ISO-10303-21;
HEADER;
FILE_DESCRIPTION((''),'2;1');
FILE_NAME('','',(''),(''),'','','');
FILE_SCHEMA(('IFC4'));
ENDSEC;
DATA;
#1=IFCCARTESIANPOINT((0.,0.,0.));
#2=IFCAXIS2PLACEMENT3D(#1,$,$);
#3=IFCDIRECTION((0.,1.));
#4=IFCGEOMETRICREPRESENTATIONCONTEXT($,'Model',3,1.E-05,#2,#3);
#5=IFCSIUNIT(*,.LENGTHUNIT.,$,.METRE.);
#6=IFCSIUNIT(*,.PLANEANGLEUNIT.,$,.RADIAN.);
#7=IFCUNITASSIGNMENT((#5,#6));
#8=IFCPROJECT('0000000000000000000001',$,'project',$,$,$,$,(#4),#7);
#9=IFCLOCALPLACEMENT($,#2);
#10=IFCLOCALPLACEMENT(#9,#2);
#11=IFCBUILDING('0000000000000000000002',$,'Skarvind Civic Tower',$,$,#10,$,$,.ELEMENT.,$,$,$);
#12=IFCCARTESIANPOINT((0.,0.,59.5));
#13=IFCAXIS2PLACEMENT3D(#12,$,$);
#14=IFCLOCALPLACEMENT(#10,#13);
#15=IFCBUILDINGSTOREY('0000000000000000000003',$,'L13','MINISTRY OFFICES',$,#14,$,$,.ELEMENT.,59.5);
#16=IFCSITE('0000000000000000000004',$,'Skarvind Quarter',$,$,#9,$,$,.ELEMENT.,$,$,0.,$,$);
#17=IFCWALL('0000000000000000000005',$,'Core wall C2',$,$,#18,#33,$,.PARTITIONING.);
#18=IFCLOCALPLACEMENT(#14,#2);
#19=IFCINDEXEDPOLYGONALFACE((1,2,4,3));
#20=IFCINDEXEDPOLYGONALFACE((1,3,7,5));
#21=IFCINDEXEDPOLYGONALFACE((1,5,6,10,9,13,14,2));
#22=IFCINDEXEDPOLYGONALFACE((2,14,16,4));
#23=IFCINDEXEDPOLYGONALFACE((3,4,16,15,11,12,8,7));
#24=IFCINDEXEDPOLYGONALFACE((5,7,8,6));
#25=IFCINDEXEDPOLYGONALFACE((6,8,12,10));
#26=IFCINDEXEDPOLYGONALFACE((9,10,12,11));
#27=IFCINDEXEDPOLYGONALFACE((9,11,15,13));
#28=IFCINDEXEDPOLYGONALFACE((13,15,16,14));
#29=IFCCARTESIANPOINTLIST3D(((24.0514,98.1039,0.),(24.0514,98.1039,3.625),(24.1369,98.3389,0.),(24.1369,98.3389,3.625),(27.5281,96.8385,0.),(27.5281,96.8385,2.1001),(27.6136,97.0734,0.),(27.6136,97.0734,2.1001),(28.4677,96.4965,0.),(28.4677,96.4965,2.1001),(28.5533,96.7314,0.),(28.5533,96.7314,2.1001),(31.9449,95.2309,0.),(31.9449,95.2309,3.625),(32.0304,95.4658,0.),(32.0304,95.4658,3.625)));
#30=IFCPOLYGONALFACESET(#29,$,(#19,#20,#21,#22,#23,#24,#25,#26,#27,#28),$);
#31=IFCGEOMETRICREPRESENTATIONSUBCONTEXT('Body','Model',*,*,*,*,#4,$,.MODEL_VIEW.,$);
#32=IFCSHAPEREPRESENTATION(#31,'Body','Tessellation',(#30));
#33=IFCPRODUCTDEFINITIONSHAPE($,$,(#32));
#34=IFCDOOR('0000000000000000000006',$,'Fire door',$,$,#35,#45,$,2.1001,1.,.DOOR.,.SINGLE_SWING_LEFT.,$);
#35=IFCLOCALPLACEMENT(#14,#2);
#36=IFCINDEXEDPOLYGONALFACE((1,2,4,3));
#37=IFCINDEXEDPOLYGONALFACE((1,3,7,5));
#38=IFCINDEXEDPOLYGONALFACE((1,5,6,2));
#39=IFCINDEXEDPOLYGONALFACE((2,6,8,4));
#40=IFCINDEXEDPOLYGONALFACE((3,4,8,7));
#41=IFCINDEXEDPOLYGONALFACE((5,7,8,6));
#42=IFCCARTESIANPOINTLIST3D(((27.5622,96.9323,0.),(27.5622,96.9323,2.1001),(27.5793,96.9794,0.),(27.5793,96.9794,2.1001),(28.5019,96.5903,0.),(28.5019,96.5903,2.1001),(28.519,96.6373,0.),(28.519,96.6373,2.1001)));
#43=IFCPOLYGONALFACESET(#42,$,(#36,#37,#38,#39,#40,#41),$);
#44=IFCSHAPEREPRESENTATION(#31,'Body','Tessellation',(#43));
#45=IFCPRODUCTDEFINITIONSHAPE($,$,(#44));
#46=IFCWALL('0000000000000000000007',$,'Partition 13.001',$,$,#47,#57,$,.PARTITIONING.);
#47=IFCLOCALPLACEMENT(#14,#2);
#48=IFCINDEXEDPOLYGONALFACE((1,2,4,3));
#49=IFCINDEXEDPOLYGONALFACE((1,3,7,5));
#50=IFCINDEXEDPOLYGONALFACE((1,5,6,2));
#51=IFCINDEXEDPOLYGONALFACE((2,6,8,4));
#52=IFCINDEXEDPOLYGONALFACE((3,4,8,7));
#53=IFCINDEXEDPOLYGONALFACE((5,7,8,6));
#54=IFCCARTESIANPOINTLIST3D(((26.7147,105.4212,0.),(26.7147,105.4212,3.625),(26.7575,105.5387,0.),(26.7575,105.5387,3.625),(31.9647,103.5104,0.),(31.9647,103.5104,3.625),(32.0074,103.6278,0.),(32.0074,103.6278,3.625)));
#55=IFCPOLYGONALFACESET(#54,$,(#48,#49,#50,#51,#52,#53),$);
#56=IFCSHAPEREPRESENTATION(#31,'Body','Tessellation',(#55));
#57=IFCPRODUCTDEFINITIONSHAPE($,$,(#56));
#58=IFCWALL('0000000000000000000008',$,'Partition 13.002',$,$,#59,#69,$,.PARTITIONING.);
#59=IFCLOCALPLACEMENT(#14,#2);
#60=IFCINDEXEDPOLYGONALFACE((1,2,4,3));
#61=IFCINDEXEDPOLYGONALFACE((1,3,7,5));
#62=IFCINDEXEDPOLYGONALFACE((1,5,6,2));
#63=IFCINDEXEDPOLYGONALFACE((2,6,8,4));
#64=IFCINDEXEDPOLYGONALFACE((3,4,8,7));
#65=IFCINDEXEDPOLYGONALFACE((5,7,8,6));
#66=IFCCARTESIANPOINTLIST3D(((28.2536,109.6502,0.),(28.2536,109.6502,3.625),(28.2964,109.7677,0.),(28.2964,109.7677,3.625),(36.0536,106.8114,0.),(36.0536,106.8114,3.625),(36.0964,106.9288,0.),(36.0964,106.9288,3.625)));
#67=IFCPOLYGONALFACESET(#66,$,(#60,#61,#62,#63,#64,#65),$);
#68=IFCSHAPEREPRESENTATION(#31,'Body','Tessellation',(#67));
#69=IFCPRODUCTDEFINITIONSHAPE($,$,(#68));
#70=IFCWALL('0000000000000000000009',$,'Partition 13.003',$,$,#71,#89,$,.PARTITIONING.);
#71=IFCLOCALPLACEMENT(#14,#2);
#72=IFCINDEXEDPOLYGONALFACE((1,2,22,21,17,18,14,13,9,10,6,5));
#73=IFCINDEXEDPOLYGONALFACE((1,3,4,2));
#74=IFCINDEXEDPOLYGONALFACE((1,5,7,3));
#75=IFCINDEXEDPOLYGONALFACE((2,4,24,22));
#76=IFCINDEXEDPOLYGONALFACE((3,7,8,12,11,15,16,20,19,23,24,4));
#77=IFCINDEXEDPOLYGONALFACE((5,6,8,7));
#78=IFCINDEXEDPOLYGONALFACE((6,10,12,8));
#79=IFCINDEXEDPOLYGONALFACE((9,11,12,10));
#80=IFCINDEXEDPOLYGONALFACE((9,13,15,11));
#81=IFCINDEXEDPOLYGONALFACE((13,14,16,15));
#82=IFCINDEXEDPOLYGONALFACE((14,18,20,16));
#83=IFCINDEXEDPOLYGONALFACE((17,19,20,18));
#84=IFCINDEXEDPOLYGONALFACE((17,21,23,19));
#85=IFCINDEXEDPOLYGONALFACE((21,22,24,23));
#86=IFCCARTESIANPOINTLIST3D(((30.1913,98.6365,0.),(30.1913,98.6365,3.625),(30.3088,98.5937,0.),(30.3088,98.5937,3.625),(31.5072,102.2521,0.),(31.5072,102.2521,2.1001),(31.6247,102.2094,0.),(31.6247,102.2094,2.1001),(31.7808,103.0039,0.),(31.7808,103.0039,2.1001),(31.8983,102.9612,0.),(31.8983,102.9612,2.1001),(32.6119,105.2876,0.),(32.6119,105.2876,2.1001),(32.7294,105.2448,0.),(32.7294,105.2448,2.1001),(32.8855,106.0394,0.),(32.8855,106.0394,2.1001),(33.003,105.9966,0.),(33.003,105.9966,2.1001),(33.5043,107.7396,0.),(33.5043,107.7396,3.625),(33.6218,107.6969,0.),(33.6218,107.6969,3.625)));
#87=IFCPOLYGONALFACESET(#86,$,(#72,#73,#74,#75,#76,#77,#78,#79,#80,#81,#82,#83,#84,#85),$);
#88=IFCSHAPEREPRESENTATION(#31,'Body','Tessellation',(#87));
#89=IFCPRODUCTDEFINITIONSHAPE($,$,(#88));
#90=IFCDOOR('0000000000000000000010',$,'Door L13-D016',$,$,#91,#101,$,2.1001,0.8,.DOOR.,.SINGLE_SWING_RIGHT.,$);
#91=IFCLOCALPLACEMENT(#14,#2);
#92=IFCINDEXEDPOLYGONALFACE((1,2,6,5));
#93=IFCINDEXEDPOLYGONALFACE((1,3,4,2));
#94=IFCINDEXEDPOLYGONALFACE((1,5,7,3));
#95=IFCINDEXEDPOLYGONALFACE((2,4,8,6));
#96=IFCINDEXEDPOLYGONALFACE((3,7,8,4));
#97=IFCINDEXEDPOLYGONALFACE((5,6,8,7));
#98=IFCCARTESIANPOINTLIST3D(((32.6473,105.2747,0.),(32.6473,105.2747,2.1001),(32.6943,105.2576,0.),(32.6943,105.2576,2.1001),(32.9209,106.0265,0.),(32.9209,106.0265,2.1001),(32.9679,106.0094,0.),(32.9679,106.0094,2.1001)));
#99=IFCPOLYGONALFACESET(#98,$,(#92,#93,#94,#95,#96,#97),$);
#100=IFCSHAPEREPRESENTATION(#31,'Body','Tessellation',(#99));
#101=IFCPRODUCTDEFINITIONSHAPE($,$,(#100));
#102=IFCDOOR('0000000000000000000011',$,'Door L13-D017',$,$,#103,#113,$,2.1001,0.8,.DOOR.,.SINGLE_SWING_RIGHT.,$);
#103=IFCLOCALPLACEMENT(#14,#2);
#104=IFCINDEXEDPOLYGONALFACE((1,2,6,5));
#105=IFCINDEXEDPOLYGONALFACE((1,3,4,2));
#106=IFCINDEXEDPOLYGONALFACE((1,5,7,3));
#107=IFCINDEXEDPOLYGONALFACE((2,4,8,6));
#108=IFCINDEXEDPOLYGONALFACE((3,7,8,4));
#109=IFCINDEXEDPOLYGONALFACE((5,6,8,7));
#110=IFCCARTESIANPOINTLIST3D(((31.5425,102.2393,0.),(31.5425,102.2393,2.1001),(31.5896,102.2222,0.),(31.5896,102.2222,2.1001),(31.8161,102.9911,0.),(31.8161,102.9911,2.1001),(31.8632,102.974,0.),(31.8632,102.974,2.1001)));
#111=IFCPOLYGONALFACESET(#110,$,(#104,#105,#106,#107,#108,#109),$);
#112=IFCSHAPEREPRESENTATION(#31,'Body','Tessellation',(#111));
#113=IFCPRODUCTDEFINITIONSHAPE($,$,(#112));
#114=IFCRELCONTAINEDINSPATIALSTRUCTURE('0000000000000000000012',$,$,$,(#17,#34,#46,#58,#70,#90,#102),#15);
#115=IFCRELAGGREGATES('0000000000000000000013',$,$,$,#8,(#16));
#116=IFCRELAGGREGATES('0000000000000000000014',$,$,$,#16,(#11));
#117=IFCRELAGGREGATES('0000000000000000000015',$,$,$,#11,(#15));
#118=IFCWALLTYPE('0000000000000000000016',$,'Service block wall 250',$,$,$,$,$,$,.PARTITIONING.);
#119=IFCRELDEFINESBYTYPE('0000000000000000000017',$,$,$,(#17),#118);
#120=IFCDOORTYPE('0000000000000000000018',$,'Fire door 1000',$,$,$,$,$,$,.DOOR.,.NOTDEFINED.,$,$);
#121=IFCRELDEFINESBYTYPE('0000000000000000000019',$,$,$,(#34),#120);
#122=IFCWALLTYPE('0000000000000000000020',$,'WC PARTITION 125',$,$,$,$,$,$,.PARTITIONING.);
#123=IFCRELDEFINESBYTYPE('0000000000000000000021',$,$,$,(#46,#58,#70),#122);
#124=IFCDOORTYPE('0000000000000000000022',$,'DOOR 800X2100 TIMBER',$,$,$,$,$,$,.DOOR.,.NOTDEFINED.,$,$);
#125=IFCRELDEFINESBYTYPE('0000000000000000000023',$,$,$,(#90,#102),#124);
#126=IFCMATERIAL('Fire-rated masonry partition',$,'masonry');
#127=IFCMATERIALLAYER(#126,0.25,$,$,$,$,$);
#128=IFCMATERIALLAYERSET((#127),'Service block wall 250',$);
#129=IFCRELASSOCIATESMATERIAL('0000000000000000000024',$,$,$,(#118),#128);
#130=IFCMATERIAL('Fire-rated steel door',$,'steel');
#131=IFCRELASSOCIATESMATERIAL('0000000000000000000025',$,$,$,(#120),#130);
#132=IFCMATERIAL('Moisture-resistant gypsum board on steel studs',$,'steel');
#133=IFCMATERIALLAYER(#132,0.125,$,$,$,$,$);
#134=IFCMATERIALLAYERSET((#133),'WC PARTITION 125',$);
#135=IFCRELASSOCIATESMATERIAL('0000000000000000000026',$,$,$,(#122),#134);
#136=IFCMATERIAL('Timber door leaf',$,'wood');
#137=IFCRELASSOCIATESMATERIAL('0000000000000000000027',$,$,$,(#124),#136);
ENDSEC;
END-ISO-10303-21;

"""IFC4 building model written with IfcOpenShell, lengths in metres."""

from ifc_helpers import new_model, si_unit, direction, frame, frame_2d, origin, place, context, subcontext, project, spatial, rectangle, extrude, material, layer, layer_set, type_object, element, fill, save


model = new_model("IFC4")

# Units and contexts
model_context = context("Model", 3, precision=1e-05, world=origin(), true_north=direction((0.0, 1.0)))
body_context = subcontext(model_context, "Body", "Model", "MODEL_VIEW")
ifc_project = project(units=[si_unit("LENGTHUNIT", "METRE"), si_unit("PLANEANGLEUNIT", "RADIAN")], contexts=[model_context])

# Site, building, storey
site_placement = place(None, origin())
site = spatial("IfcSite", under=ifc_project, at=site_placement, Name="Skarvind Quarter", CompositionType="ELEMENT", RefElevation=0.0)
building_placement = place(site_placement, origin())
building = spatial("IfcBuilding", under=site, at=building_placement, Name="Skarvind Civic Tower", CompositionType="ELEMENT")
storey_placement = place(building_placement, frame((0.0, 0.0, 59.5)))
storey = spatial("IfcBuildingStorey", under=building, at=storey_placement, Name="L13", Description="MINISTRY OFFICES", CompositionType="ELEMENT", Elevation=59.5)

# Shared definitions
ifc_material_1 = material(Name="Fire-rated masonry partition", Category="masonry")
ifc_material_2 = material(Name="Fire-rated steel door", Category="steel")

# Wall, opening, door
ifc_layer_1 = layer(ifc_material_1, 0.25)
ifc_layer_set_1 = layer_set([ifc_layer_1], Name="Service block wall 250")
wall_type_1 = type_object("IfcWallType", Name="Service block wall 250", PredefinedType="PARTITIONING", material=ifc_layer_set_1)
wall_1_placement = place(storey_placement, frame((24.094, 98.2214, 0.0), z_axis=(0.0, 0.0, 1.0), x_axis=(0.939692, -0.342023, 0.0)))
wall_1 = element("IfcWall", 1, at=wall_1_placement, inside=storey, type_object=wall_type_1, Name="Core wall C2", PredefinedType="PARTITIONING", context=body_context, shape_type="SweptSolid", body=[
    extrude(rectangle(XDim=8.4001, YDim=0.25, at=frame_2d((4.2002, 0.0))), origin(), (0.0, 0.0, 1.0), 3.625),
])
opening_1_placement = place(wall_1_placement, frame((3.7, 0.0, 0.0)))
opening_1 = element("IfcOpeningElement", 2, at=opening_1_placement, cuts=wall_1, PredefinedType="OPENING", context=body_context, shape_type="SweptSolid", body=[
    extrude(rectangle(XDim=1.0, YDim=2.1001, at=frame_2d((0.5, 1.05))), frame((0.0, 0.135, 0.0), z_axis=(0.0, -1.0, 0.0), x_axis=(1.0, 0.0, 0.0)), (0.0, 0.0, 1.0), 0.27),
])
door_type_1 = type_object("IfcDoorType", Name="Fire door 1000", OperationType="NOTDEFINED", PredefinedType="DOOR", material=ifc_material_2)
door_1_placement = place(opening_1_placement, origin())
door_1 = element("IfcDoor", 3, at=door_1_placement, inside=storey, type_object=door_type_1, Name="Fire door", OperationType="SINGLE_SWING_LEFT", OverallHeight=2.1001, OverallWidth=1.0, PredefinedType="DOOR", context=body_context, shape_type="SweptSolid", body=[
    extrude(rectangle(XDim=1.0, YDim=2.1001, at=frame_2d((0.5, 1.05))), frame((0.0, 0.0249, 0.0), z_axis=(0.0, -1.0, 0.0), x_axis=(1.0, 0.0, 0.0)), (0.0, 0.0, 1.0), 0.05),
])
fill(opening_1, door_1)

# Walls
ifc_material_3 = material(Name="Moisture-resistant gypsum board on steel studs", Category="steel")
ifc_layer_2 = layer(ifc_material_3, 0.125)
ifc_layer_set_2 = layer_set([ifc_layer_2], Name="WC PARTITION 125")
wall_type_2 = type_object("IfcWallType", Name="WC PARTITION 125", PredefinedType="PARTITIONING", material=ifc_layer_set_2)
wall_2_placement = place(storey_placement, frame((26.7361, 105.48, 0.0), z_axis=(0.0, 0.0, 1.0), x_axis=(0.93969, -0.342027, 0.0)))
element("IfcWall", 4, at=wall_2_placement, inside=storey, type_object=wall_type_2, Name="Partition 13.001", PredefinedType="PARTITIONING", context=body_context, shape_type="SweptSolid", body=[
    extrude(rectangle(XDim=5.5869, YDim=0.125, at=frame_2d((2.7935, 0.0))), origin(), (0.0, 0.0, 1.0), 3.625),
])
wall_3_placement = place(storey_placement, frame((28.2749, 109.709, 0.0), z_axis=(0.0, 0.0, 1.0), x_axis=(0.939697, -0.342008, 0.0)))
element("IfcWall", 5, at=wall_3_placement, inside=storey, type_object=wall_type_2, Name="Partition 13.002", PredefinedType="PARTITIONING", context=body_context, shape_type="SweptSolid", body=[
    extrude(rectangle(XDim=8.3005, YDim=0.125, at=frame_2d((4.1504, 0.0))), origin(), (0.0, 0.0, 1.0), 3.625),
])

# Wall, openings, doors
wall_4_placement = place(storey_placement, frame((30.25, 98.615, 0.0), z_axis=(0.0, 0.0, 1.0), x_axis=(0.341998, 0.939701, 0.0)))
wall_4 = element("IfcWall", 6, at=wall_4_placement, inside=storey, type_object=wall_type_2, Name="Partition 13.003", PredefinedType="PARTITIONING", context=body_context, shape_type="SweptSolid", body=[
    extrude(rectangle(XDim=9.6873, YDim=0.125, at=frame_2d((4.8438, 0.0))), origin(), (0.0, 0.0, 1.0), 3.625),
])
opening_2_placement = place(wall_4_placement, frame((7.0781, 0.0, 0.0)))
opening_2 = element("IfcOpeningElement", 7, at=opening_2_placement, cuts=wall_4, PredefinedType="OPENING", context=body_context, shape_type="SweptSolid", body=[
    extrude(rectangle(XDim=0.8, YDim=2.1001, at=frame_2d((0.3999, 1.05))), frame((0.0, 0.0725, 0.0), z_axis=(0.0, -1.0, 0.0), x_axis=(1.0, 0.0, 0.0)), (0.0, 0.0, 1.0), 0.145),
])
opening_3_placement = place(wall_4_placement, frame((3.8479, 0.0, 0.0)))
opening_3 = element("IfcOpeningElement", 8, at=opening_3_placement, cuts=wall_4, PredefinedType="OPENING", context=body_context, shape_type="SweptSolid", body=[
    extrude(rectangle(XDim=0.8, YDim=2.1001, at=frame_2d((0.3999, 1.05))), frame((0.0, 0.0725, 0.0), z_axis=(0.0, -1.0, 0.0), x_axis=(1.0, 0.0, 0.0)), (0.0, 0.0, 1.0), 0.145),
])
ifc_material_4 = material(Name="Timber door leaf", Category="wood")
door_type_2 = type_object("IfcDoorType", Name="DOOR 800X2100 TIMBER", OperationType="NOTDEFINED", PredefinedType="DOOR", material=ifc_material_4)
door_2_placement = place(opening_2_placement, origin())
door_2 = element("IfcDoor", 9, at=door_2_placement, inside=storey, type_object=door_type_2, Name="Door L13-D016", OperationType="SINGLE_SWING_RIGHT", OverallHeight=2.1001, OverallWidth=0.8, PredefinedType="DOOR", context=body_context, shape_type="SweptSolid", body=[
    extrude(rectangle(XDim=0.8, YDim=2.1001, at=frame_2d((0.3999, 1.05))), frame((0.0, 0.0249, 0.0), z_axis=(0.0, -1.0, 0.0), x_axis=(1.0, 0.0, 0.0)), (0.0, 0.0, 1.0), 0.05),
])
fill(opening_2, door_2)
door_3_placement = place(opening_3_placement, origin())
door_3 = element("IfcDoor", 10, at=door_3_placement, inside=storey, type_object=door_type_2, Name="Door L13-D017", OperationType="SINGLE_SWING_RIGHT", OverallHeight=2.1001, OverallWidth=0.8, PredefinedType="DOOR", context=body_context, shape_type="SweptSolid", body=[
    extrude(rectangle(XDim=0.8, YDim=2.1001, at=frame_2d((0.3999, 1.05))), frame((0.0, 0.0249, 0.0), z_axis=(0.0, -1.0, 0.0), x_axis=(1.0, 0.0, 0.0)), (0.0, 0.0, 1.0), 0.05),
])
fill(opening_3, door_3)

save(model, "model.ifc")
